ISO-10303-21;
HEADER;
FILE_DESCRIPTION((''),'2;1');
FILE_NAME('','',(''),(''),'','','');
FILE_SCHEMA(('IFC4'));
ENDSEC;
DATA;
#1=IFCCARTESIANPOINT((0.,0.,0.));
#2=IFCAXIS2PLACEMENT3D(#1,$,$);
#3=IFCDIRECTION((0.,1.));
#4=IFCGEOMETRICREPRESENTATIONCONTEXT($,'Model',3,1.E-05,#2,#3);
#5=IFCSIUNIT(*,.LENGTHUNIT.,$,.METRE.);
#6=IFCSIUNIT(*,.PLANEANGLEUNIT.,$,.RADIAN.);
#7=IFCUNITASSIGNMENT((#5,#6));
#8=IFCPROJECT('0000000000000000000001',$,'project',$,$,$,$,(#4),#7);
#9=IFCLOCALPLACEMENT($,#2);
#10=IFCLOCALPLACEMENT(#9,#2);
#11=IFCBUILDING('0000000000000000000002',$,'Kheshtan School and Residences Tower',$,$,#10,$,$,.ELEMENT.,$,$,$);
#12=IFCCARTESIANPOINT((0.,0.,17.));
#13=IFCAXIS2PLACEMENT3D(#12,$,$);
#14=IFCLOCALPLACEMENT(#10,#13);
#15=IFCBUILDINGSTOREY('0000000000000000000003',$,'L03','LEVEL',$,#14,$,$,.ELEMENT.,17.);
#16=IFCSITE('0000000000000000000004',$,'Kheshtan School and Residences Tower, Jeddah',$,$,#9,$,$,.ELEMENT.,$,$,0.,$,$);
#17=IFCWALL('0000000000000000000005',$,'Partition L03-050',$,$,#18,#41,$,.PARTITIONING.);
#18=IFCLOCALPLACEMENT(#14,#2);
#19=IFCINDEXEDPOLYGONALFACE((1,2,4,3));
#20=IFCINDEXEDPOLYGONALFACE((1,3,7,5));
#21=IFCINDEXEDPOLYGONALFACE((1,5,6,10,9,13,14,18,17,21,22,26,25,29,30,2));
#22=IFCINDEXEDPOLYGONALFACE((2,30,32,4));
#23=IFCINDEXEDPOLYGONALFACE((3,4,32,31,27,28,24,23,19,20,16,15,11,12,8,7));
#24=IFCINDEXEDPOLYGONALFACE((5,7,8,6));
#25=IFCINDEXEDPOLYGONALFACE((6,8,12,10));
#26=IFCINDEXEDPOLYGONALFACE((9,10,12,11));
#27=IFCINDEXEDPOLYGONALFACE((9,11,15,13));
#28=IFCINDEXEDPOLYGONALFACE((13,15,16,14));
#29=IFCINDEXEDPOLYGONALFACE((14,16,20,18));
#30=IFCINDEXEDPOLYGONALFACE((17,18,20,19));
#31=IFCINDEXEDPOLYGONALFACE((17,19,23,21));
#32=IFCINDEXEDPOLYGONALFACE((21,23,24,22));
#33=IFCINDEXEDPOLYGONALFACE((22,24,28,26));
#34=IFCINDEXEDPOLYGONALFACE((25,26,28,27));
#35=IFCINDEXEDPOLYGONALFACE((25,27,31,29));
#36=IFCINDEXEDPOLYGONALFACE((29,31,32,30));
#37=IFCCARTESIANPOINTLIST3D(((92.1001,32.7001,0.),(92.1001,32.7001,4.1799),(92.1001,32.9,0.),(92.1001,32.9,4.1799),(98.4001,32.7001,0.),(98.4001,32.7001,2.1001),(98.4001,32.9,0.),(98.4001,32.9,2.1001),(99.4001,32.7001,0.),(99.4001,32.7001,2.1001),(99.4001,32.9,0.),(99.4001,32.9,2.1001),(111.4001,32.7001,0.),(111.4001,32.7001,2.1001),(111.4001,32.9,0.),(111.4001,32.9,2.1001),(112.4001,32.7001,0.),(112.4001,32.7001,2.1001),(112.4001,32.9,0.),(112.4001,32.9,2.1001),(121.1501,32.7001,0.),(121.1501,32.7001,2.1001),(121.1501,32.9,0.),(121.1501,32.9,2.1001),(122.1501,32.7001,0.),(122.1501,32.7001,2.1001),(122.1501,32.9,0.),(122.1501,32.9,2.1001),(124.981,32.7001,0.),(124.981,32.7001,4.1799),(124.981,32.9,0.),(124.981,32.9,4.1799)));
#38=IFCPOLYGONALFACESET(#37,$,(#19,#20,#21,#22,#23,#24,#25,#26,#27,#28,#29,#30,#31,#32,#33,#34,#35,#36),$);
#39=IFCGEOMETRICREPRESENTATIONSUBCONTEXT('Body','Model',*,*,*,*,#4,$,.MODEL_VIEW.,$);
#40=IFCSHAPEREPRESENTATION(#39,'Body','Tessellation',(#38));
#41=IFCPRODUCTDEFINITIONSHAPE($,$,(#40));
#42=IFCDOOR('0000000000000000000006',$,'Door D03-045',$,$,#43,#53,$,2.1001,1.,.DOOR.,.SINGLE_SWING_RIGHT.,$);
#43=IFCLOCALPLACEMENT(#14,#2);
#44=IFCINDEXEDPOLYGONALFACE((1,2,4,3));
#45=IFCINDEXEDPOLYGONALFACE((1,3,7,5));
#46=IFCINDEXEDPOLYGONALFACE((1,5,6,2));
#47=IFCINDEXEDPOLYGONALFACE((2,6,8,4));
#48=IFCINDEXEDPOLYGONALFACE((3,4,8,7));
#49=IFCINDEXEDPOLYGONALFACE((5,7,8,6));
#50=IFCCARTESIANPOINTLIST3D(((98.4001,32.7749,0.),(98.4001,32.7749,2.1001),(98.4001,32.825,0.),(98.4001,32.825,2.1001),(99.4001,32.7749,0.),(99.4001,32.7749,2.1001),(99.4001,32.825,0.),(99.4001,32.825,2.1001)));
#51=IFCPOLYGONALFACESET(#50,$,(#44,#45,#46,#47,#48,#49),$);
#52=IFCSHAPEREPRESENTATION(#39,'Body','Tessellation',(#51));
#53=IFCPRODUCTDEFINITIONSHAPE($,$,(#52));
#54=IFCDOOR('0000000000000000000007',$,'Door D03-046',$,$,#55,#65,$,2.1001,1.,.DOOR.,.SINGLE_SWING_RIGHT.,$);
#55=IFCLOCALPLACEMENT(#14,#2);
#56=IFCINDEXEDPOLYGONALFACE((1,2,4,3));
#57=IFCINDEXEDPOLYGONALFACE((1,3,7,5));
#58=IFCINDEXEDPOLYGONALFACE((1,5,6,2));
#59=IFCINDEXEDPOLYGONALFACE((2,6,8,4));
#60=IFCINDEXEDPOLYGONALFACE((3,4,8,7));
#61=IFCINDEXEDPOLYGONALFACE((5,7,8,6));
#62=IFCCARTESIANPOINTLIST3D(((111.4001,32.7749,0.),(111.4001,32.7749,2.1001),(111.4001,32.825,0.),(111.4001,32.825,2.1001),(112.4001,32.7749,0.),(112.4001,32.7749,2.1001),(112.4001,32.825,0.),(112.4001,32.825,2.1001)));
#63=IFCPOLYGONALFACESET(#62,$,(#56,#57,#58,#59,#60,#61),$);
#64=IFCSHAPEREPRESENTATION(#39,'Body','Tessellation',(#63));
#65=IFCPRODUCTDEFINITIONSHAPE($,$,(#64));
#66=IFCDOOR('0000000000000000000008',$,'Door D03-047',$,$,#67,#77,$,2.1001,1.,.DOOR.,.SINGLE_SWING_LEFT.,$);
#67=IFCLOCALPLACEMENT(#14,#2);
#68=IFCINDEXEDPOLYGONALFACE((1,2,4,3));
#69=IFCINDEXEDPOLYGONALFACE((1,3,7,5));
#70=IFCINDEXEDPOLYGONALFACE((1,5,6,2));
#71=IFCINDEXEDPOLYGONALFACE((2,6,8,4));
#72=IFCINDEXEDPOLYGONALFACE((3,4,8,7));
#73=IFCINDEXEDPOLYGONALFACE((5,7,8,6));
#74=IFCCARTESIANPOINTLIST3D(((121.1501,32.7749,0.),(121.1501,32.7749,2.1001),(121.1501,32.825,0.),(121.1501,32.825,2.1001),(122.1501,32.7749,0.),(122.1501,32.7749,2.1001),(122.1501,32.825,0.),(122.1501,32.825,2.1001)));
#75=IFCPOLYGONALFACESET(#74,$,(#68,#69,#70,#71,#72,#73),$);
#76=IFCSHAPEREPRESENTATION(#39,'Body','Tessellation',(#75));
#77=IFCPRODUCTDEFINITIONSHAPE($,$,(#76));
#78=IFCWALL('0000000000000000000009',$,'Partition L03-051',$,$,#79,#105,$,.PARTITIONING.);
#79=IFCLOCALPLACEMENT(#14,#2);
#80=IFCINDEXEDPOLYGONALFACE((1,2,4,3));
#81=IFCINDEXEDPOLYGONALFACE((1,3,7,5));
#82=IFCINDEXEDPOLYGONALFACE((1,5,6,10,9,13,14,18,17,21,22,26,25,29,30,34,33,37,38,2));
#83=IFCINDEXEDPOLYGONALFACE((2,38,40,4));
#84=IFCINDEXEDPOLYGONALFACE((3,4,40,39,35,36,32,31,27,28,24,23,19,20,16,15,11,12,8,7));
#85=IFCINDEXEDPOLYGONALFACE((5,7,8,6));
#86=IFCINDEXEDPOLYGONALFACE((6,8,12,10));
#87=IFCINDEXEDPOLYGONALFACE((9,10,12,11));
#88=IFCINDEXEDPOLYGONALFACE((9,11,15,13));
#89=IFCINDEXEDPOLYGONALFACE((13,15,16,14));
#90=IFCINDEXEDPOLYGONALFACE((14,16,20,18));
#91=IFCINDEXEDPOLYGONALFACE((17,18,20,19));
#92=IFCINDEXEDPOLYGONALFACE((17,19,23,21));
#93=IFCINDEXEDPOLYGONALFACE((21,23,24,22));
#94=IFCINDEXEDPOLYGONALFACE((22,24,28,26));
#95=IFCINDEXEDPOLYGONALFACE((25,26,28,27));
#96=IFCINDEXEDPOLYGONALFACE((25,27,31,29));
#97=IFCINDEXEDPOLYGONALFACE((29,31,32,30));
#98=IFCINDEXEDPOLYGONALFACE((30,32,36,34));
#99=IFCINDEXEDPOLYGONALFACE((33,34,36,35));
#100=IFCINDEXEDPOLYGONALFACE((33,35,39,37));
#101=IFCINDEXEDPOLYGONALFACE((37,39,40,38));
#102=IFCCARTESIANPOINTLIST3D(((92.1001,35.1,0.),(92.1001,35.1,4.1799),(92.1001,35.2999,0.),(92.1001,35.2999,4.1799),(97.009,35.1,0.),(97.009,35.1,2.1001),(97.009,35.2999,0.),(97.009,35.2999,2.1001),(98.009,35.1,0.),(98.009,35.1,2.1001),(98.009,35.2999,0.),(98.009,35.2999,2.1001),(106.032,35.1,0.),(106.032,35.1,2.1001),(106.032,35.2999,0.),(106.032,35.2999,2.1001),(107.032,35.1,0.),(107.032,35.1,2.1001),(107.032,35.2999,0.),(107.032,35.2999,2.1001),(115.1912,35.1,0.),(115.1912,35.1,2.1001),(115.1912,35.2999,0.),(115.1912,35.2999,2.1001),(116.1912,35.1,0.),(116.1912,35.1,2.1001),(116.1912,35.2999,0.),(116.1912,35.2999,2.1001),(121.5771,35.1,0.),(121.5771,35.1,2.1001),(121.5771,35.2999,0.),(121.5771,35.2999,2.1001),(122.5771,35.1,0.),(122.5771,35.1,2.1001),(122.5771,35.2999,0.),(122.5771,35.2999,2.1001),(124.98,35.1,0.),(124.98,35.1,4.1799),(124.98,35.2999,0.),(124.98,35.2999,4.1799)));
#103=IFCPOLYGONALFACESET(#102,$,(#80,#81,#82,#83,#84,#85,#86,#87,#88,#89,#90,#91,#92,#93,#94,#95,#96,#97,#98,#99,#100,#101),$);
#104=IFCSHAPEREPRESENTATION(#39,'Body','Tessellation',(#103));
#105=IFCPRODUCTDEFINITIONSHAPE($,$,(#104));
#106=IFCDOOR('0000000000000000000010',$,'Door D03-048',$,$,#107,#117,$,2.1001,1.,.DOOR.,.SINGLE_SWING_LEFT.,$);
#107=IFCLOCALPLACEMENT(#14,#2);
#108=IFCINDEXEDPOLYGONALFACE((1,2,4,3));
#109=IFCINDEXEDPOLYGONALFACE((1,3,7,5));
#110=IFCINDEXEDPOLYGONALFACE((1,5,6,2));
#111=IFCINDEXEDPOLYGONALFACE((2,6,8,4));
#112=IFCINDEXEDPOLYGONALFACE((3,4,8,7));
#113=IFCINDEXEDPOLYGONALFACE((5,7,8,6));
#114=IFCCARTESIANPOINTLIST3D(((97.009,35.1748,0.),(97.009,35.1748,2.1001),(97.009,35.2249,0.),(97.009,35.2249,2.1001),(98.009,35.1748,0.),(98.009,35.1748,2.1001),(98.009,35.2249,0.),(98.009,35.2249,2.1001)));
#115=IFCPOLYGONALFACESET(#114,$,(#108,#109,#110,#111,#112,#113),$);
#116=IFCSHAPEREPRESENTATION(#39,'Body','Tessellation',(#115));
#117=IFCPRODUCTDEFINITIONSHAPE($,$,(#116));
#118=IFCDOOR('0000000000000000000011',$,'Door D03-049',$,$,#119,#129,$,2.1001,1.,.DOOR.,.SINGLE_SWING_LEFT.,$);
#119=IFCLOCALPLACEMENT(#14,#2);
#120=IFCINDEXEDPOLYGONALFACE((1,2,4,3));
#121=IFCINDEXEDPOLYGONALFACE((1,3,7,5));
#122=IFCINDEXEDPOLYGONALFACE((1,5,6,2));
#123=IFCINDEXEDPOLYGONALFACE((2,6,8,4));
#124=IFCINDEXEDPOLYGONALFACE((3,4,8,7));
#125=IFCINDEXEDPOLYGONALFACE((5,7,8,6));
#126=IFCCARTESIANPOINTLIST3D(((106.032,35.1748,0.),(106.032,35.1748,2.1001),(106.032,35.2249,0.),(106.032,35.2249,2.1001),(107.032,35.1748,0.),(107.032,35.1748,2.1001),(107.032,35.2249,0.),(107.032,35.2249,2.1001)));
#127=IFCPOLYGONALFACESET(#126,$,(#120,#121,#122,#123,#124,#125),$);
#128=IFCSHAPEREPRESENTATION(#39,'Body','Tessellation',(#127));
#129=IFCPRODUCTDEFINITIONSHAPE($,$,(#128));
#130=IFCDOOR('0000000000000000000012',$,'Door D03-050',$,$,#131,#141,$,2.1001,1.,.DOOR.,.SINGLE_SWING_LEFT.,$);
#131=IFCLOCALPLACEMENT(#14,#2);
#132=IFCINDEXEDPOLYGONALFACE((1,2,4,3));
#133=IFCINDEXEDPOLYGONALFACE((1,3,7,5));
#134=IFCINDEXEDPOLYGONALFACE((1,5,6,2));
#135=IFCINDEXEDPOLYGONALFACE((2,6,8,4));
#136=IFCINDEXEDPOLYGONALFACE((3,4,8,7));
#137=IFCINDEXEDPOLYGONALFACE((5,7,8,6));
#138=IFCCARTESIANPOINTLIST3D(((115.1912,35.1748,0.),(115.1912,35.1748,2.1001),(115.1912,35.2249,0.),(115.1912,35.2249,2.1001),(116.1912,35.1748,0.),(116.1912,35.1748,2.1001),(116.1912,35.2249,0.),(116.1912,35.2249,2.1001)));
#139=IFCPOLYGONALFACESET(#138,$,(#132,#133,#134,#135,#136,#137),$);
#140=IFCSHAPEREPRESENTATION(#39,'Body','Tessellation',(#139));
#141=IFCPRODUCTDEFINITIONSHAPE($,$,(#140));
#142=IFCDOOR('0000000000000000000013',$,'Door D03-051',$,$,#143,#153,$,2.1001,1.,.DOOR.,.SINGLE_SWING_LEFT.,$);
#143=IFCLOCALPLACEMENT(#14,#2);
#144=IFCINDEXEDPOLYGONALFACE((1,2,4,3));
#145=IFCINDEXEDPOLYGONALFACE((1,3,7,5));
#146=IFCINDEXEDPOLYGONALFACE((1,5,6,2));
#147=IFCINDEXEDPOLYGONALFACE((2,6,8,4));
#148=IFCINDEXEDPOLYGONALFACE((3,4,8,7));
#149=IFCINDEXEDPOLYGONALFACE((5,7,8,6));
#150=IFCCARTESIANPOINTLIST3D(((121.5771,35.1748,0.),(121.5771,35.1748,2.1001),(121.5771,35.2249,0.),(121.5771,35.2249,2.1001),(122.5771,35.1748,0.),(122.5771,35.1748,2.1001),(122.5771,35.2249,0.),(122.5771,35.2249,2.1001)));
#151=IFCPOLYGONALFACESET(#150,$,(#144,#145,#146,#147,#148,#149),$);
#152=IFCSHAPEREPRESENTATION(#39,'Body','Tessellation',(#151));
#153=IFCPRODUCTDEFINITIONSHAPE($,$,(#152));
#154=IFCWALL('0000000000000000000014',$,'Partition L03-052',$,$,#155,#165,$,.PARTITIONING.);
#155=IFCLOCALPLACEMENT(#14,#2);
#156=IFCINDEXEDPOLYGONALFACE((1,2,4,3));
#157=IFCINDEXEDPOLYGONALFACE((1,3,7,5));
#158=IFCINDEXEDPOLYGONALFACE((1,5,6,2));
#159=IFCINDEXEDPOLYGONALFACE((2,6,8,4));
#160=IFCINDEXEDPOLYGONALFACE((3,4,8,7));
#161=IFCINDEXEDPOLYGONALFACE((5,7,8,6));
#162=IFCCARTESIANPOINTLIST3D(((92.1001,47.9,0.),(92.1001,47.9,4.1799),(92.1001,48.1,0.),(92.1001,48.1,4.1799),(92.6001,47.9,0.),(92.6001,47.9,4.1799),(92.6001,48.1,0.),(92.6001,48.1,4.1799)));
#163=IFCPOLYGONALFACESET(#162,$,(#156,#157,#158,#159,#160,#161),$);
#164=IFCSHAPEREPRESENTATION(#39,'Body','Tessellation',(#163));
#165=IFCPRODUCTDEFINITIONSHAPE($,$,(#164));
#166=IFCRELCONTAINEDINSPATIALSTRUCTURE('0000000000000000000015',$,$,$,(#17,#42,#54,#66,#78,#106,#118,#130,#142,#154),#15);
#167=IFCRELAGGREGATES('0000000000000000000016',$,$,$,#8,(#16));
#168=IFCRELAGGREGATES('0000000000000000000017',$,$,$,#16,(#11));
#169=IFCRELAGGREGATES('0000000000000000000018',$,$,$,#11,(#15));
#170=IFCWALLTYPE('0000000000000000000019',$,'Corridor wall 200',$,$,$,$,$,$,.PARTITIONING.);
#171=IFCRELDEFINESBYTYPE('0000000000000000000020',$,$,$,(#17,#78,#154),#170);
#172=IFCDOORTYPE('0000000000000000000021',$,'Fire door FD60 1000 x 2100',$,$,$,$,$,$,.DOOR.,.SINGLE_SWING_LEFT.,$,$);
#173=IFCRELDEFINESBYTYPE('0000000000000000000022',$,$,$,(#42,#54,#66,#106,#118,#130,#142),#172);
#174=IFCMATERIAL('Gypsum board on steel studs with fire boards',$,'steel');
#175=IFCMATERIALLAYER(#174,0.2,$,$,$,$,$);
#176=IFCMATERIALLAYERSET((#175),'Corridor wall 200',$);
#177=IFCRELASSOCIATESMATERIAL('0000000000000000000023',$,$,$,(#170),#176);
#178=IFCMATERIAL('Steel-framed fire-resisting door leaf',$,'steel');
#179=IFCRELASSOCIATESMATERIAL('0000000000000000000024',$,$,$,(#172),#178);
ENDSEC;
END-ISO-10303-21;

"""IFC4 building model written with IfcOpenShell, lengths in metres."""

from ifc_helpers import new_model, si_unit, direction, frame, frame_2d, origin, place, context, subcontext, project, spatial, rectangle, extrude, source, transform, mapped, material, layer, layer_set, type_object, element, fill, save


model = new_model("IFC4")

# Units and contexts
model_context = context("Model", 3, precision=1e-05, world=origin(), true_north=direction((0.0, 1.0)))
body_context = subcontext(model_context, "Body", "Model", "MODEL_VIEW")
ifc_project = project(units=[si_unit("LENGTHUNIT", "METRE"), si_unit("PLANEANGLEUNIT", "RADIAN")], contexts=[model_context])

# Site, building, storey
site_placement = place(None, origin())
site = spatial("IfcSite", under=ifc_project, at=site_placement, Name="Kheshtan School and Residences Tower, Jeddah", CompositionType="ELEMENT", RefElevation=0.0)
building_placement = place(site_placement, origin())
building = spatial("IfcBuilding", under=site, at=building_placement, Name="Kheshtan School and Residences Tower", CompositionType="ELEMENT")
storey_placement = place(building_placement, frame((0.0, 0.0, 17.0)))
storey = spatial("IfcBuildingStorey", under=building, at=storey_placement, Name="L03", Description="LEVEL", CompositionType="ELEMENT", Elevation=17.0)

# Shared definitions
ifc_material_1 = material(Name="Gypsum board on steel studs with fire boards", Category="steel")
ifc_layer_1 = layer(ifc_material_1, 0.2)
ifc_layer_set_1 = layer_set([ifc_layer_1], Name="Corridor wall 200")
wall_type_1 = type_object("IfcWallType", Name="Corridor wall 200", PredefinedType="PARTITIONING", material=ifc_layer_set_1)

# Walls, openings, doors
wall_1_placement = place(storey_placement, frame((92.1001, 32.8, 0.0), z_axis=(0.0, 0.0, 1.0), x_axis=(1.0, 0.0, 0.0)))
wall_1 = element("IfcWall", 1, at=wall_1_placement, inside=storey, type_object=wall_type_1, Name="Partition L03-050", PredefinedType="PARTITIONING", context=body_context, shape_type="SweptSolid", body=[
    extrude(rectangle(XDim=32.8809, YDim=0.2, at=frame_2d((16.4404, 0.0))), origin(), (0.0, 0.0, 1.0), 4.1799),
])
opening_1_placement = place(wall_1_placement, frame((6.3, 0.0, 0.0)))
opening_1 = element("IfcOpeningElement", 2, at=opening_1_placement, cuts=wall_1, PredefinedType="OPENING", context=body_context, shape_type="SweptSolid", body=[
    extrude(rectangle(XDim=1.0, YDim=2.1001, at=frame_2d((0.5, 1.05))), frame((0.0, 0.1099, 0.0), z_axis=(0.0, -1.0, 0.0), x_axis=(1.0, 0.0, 0.0)), (0.0, 0.0, 1.0), 0.22),
])
opening_2_placement = place(wall_1_placement, frame((19.3, 0.0, 0.0)))
opening_2 = element("IfcOpeningElement", 3, at=opening_2_placement, cuts=wall_1, PredefinedType="OPENING", context=body_context, shape_type="SweptSolid", body=[
    extrude(rectangle(XDim=1.0, YDim=2.1001, at=frame_2d((0.5, 1.05))), frame((0.0, 0.1099, 0.0), z_axis=(0.0, -1.0, 0.0), x_axis=(1.0, 0.0, 0.0)), (0.0, 0.0, 1.0), 0.22),
])
opening_3_placement = place(wall_1_placement, frame((29.05, 0.0, 0.0)))
opening_3 = element("IfcOpeningElement", 4, at=opening_3_placement, cuts=wall_1, PredefinedType="OPENING", context=body_context, shape_type="SweptSolid", body=[
    extrude(rectangle(XDim=1.0, YDim=2.1001, at=frame_2d((0.5, 1.05))), frame((0.0, 0.1099, 0.0), z_axis=(0.0, -1.0, 0.0), x_axis=(1.0, 0.0, 0.0)), (0.0, 0.0, 1.0), 0.22),
])
ifc_material_2 = material(Name="Steel-framed fire-resisting door leaf", Category="steel")
door_type_1 = type_object("IfcDoorType", Name="Fire door FD60 1000 x 2100", OperationType="SINGLE_SWING_LEFT", PredefinedType="DOOR", material=ifc_material_2)
shared_shape_1 = source(origin(), body_context, "Body", "SweptSolid", [
    extrude(rectangle(XDim=1.0, YDim=2.1001, at=frame_2d((0.5, 1.05))), frame((0.0, 0.0249, 0.0), z_axis=(0.0, -1.0, 0.0), x_axis=(1.0, 0.0, 0.0)), (0.0, 0.0, 1.0), 0.05),
])
door_1_placement = place(opening_1_placement, origin())
door_1 = element("IfcDoor", 5, at=door_1_placement, inside=storey, type_object=door_type_1, Name="Door D03-045", OperationType="SINGLE_SWING_RIGHT", OverallHeight=2.1001, OverallWidth=1.0, PredefinedType="DOOR", context=body_context, shape_type="MappedRepresentation", body=[
    mapped(shared_shape_1, transform((0.0, 0.0, 0.0), x_axis=(1.0, 0.0, 0.0), y_axis=(0.0, 1.0, 0.0), z_axis=(0.0, 0.0, 1.0), scale=1.0)),
])
fill(opening_1, door_1)
door_2_placement = place(opening_2_placement, origin())
door_2 = element("IfcDoor", 6, at=door_2_placement, inside=storey, type_object=door_type_1, Name="Door D03-046", OperationType="SINGLE_SWING_RIGHT", OverallHeight=2.1001, OverallWidth=1.0, PredefinedType="DOOR", context=body_context, shape_type="MappedRepresentation", body=[
    mapped(shared_shape_1, transform((0.0, 0.0, 0.0), x_axis=(1.0, 0.0, 0.0), y_axis=(0.0, 1.0, 0.0), z_axis=(0.0, 0.0, 1.0), scale=1.0)),
])
fill(opening_2, door_2)
door_3_placement = place(opening_3_placement, origin())
door_3 = element("IfcDoor", 7, at=door_3_placement, inside=storey, type_object=door_type_1, Name="Door D03-047", OperationType="SINGLE_SWING_LEFT", OverallHeight=2.1001, OverallWidth=1.0, PredefinedType="DOOR", context=body_context, shape_type="MappedRepresentation", body=[
    mapped(shared_shape_1, transform((0.0, 0.0, 0.0), x_axis=(1.0, 0.0, 0.0), y_axis=(0.0, 1.0, 0.0), z_axis=(0.0, 0.0, 1.0), scale=1.0)),
])
fill(opening_3, door_3)
wall_2_placement = place(storey_placement, frame((92.1001, 35.2, 0.0), z_axis=(0.0, 0.0, 1.0), x_axis=(1.0, 0.0, 0.0)))
wall_2 = element("IfcWall", 8, at=wall_2_placement, inside=storey, type_object=wall_type_1, Name="Partition L03-051", PredefinedType="PARTITIONING", context=body_context, shape_type="SweptSolid", body=[
    extrude(rectangle(XDim=32.8799, YDim=0.2, at=frame_2d((16.4399, 0.0))), origin(), (0.0, 0.0, 1.0), 4.1799),
])
opening_4_placement = place(wall_2_placement, frame((4.9089, 0.0, 0.0)))
opening_4 = element("IfcOpeningElement", 9, at=opening_4_placement, cuts=wall_2, PredefinedType="OPENING", context=body_context, shape_type="SweptSolid", body=[
    extrude(rectangle(XDim=1.0, YDim=2.1001, at=frame_2d((0.5, 1.05))), frame((0.0, 0.1099, 0.0), z_axis=(0.0, -1.0, 0.0), x_axis=(1.0, 0.0, 0.0)), (0.0, 0.0, 1.0), 0.22),
])
opening_5_placement = place(wall_2_placement, frame((13.9319, 0.0, 0.0)))
opening_5 = element("IfcOpeningElement", 10, at=opening_5_placement, cuts=wall_2, PredefinedType="OPENING", context=body_context, shape_type="SweptSolid", body=[
    extrude(rectangle(XDim=1.0, YDim=2.1001, at=frame_2d((0.5, 1.05))), frame((0.0, 0.1099, 0.0), z_axis=(0.0, -1.0, 0.0), x_axis=(1.0, 0.0, 0.0)), (0.0, 0.0, 1.0), 0.22),
])
opening_6_placement = place(wall_2_placement, frame((23.0911, 0.0, 0.0)))
opening_6 = element("IfcOpeningElement", 11, at=opening_6_placement, cuts=wall_2, PredefinedType="OPENING", context=body_context, shape_type="SweptSolid", body=[
    extrude(rectangle(XDim=1.0, YDim=2.1001, at=frame_2d((0.5, 1.05))), frame((0.0, 0.1099, 0.0), z_axis=(0.0, -1.0, 0.0), x_axis=(1.0, 0.0, 0.0)), (0.0, 0.0, 1.0), 0.22),
])
opening_7_placement = place(wall_2_placement, frame((29.4771, 0.0, 0.0)))
opening_7 = element("IfcOpeningElement", 12, at=opening_7_placement, cuts=wall_2, PredefinedType="OPENING", context=body_context, shape_type="SweptSolid", body=[
    extrude(rectangle(XDim=1.0, YDim=2.1001, at=frame_2d((0.5, 1.05))), frame((0.0, 0.1099, 0.0), z_axis=(0.0, -1.0, 0.0), x_axis=(1.0, 0.0, 0.0)), (0.0, 0.0, 1.0), 0.22),
])
door_4_placement = place(opening_4_placement, origin())
door_4 = element("IfcDoor", 13, at=door_4_placement, inside=storey, type_object=door_type_1, Name="Door D03-048", OperationType="SINGLE_SWING_LEFT", OverallHeight=2.1001, OverallWidth=1.0, PredefinedType="DOOR", context=body_context, shape_type="MappedRepresentation", body=[
    mapped(shared_shape_1, transform((0.0, 0.0, 0.0), x_axis=(1.0, 0.0, 0.0), y_axis=(0.0, 1.0, 0.0), z_axis=(0.0, 0.0, 1.0), scale=1.0)),
])
fill(opening_4, door_4)
door_5_placement = place(opening_5_placement, origin())
door_5 = element("IfcDoor", 14, at=door_5_placement, inside=storey, type_object=door_type_1, Name="Door D03-049", OperationType="SINGLE_SWING_LEFT", OverallHeight=2.1001, OverallWidth=1.0, PredefinedType="DOOR", context=body_context, shape_type="MappedRepresentation", body=[
    mapped(shared_shape_1, transform((0.0, 0.0, 0.0), x_axis=(1.0, 0.0, 0.0), y_axis=(0.0, 1.0, 0.0), z_axis=(0.0, 0.0, 1.0), scale=1.0)),
])
fill(opening_5, door_5)
door_6_placement = place(opening_6_placement, origin())
door_6 = element("IfcDoor", 15, at=door_6_placement, inside=storey, type_object=door_type_1, Name="Door D03-050", OperationType="SINGLE_SWING_LEFT", OverallHeight=2.1001, OverallWidth=1.0, PredefinedType="DOOR", context=body_context, shape_type="MappedRepresentation", body=[
    mapped(shared_shape_1, transform((0.0, 0.0, 0.0), x_axis=(1.0, 0.0, 0.0), y_axis=(0.0, 1.0, 0.0), z_axis=(0.0, 0.0, 1.0), scale=1.0)),
])
fill(opening_6, door_6)
door_7_placement = place(opening_7_placement, origin())
door_7 = element("IfcDoor", 16, at=door_7_placement, inside=storey, type_object=door_type_1, Name="Door D03-051", OperationType="SINGLE_SWING_LEFT", OverallHeight=2.1001, OverallWidth=1.0, PredefinedType="DOOR", context=body_context, shape_type="MappedRepresentation", body=[
    mapped(shared_shape_1, transform((0.0, 0.0, 0.0), x_axis=(1.0, 0.0, 0.0), y_axis=(0.0, 1.0, 0.0), z_axis=(0.0, 0.0, 1.0), scale=1.0)),
])
fill(opening_7, door_7)

# Wall
wall_3_placement = place(storey_placement, frame((92.1001, 48.0, 0.0), z_axis=(0.0, 0.0, 1.0), x_axis=(1.0, 0.0, 0.0)))
element("IfcWall", 17, at=wall_3_placement, inside=storey, type_object=wall_type_1, Name="Partition L03-052", PredefinedType="PARTITIONING", context=body_context, shape_type="SweptSolid", body=[
    extrude(rectangle(XDim=0.5, YDim=0.2, at=frame_2d((0.25, 0.0))), origin(), (0.0, 0.0, 1.0), 4.1799),
])

save(model, "model.ifc")
